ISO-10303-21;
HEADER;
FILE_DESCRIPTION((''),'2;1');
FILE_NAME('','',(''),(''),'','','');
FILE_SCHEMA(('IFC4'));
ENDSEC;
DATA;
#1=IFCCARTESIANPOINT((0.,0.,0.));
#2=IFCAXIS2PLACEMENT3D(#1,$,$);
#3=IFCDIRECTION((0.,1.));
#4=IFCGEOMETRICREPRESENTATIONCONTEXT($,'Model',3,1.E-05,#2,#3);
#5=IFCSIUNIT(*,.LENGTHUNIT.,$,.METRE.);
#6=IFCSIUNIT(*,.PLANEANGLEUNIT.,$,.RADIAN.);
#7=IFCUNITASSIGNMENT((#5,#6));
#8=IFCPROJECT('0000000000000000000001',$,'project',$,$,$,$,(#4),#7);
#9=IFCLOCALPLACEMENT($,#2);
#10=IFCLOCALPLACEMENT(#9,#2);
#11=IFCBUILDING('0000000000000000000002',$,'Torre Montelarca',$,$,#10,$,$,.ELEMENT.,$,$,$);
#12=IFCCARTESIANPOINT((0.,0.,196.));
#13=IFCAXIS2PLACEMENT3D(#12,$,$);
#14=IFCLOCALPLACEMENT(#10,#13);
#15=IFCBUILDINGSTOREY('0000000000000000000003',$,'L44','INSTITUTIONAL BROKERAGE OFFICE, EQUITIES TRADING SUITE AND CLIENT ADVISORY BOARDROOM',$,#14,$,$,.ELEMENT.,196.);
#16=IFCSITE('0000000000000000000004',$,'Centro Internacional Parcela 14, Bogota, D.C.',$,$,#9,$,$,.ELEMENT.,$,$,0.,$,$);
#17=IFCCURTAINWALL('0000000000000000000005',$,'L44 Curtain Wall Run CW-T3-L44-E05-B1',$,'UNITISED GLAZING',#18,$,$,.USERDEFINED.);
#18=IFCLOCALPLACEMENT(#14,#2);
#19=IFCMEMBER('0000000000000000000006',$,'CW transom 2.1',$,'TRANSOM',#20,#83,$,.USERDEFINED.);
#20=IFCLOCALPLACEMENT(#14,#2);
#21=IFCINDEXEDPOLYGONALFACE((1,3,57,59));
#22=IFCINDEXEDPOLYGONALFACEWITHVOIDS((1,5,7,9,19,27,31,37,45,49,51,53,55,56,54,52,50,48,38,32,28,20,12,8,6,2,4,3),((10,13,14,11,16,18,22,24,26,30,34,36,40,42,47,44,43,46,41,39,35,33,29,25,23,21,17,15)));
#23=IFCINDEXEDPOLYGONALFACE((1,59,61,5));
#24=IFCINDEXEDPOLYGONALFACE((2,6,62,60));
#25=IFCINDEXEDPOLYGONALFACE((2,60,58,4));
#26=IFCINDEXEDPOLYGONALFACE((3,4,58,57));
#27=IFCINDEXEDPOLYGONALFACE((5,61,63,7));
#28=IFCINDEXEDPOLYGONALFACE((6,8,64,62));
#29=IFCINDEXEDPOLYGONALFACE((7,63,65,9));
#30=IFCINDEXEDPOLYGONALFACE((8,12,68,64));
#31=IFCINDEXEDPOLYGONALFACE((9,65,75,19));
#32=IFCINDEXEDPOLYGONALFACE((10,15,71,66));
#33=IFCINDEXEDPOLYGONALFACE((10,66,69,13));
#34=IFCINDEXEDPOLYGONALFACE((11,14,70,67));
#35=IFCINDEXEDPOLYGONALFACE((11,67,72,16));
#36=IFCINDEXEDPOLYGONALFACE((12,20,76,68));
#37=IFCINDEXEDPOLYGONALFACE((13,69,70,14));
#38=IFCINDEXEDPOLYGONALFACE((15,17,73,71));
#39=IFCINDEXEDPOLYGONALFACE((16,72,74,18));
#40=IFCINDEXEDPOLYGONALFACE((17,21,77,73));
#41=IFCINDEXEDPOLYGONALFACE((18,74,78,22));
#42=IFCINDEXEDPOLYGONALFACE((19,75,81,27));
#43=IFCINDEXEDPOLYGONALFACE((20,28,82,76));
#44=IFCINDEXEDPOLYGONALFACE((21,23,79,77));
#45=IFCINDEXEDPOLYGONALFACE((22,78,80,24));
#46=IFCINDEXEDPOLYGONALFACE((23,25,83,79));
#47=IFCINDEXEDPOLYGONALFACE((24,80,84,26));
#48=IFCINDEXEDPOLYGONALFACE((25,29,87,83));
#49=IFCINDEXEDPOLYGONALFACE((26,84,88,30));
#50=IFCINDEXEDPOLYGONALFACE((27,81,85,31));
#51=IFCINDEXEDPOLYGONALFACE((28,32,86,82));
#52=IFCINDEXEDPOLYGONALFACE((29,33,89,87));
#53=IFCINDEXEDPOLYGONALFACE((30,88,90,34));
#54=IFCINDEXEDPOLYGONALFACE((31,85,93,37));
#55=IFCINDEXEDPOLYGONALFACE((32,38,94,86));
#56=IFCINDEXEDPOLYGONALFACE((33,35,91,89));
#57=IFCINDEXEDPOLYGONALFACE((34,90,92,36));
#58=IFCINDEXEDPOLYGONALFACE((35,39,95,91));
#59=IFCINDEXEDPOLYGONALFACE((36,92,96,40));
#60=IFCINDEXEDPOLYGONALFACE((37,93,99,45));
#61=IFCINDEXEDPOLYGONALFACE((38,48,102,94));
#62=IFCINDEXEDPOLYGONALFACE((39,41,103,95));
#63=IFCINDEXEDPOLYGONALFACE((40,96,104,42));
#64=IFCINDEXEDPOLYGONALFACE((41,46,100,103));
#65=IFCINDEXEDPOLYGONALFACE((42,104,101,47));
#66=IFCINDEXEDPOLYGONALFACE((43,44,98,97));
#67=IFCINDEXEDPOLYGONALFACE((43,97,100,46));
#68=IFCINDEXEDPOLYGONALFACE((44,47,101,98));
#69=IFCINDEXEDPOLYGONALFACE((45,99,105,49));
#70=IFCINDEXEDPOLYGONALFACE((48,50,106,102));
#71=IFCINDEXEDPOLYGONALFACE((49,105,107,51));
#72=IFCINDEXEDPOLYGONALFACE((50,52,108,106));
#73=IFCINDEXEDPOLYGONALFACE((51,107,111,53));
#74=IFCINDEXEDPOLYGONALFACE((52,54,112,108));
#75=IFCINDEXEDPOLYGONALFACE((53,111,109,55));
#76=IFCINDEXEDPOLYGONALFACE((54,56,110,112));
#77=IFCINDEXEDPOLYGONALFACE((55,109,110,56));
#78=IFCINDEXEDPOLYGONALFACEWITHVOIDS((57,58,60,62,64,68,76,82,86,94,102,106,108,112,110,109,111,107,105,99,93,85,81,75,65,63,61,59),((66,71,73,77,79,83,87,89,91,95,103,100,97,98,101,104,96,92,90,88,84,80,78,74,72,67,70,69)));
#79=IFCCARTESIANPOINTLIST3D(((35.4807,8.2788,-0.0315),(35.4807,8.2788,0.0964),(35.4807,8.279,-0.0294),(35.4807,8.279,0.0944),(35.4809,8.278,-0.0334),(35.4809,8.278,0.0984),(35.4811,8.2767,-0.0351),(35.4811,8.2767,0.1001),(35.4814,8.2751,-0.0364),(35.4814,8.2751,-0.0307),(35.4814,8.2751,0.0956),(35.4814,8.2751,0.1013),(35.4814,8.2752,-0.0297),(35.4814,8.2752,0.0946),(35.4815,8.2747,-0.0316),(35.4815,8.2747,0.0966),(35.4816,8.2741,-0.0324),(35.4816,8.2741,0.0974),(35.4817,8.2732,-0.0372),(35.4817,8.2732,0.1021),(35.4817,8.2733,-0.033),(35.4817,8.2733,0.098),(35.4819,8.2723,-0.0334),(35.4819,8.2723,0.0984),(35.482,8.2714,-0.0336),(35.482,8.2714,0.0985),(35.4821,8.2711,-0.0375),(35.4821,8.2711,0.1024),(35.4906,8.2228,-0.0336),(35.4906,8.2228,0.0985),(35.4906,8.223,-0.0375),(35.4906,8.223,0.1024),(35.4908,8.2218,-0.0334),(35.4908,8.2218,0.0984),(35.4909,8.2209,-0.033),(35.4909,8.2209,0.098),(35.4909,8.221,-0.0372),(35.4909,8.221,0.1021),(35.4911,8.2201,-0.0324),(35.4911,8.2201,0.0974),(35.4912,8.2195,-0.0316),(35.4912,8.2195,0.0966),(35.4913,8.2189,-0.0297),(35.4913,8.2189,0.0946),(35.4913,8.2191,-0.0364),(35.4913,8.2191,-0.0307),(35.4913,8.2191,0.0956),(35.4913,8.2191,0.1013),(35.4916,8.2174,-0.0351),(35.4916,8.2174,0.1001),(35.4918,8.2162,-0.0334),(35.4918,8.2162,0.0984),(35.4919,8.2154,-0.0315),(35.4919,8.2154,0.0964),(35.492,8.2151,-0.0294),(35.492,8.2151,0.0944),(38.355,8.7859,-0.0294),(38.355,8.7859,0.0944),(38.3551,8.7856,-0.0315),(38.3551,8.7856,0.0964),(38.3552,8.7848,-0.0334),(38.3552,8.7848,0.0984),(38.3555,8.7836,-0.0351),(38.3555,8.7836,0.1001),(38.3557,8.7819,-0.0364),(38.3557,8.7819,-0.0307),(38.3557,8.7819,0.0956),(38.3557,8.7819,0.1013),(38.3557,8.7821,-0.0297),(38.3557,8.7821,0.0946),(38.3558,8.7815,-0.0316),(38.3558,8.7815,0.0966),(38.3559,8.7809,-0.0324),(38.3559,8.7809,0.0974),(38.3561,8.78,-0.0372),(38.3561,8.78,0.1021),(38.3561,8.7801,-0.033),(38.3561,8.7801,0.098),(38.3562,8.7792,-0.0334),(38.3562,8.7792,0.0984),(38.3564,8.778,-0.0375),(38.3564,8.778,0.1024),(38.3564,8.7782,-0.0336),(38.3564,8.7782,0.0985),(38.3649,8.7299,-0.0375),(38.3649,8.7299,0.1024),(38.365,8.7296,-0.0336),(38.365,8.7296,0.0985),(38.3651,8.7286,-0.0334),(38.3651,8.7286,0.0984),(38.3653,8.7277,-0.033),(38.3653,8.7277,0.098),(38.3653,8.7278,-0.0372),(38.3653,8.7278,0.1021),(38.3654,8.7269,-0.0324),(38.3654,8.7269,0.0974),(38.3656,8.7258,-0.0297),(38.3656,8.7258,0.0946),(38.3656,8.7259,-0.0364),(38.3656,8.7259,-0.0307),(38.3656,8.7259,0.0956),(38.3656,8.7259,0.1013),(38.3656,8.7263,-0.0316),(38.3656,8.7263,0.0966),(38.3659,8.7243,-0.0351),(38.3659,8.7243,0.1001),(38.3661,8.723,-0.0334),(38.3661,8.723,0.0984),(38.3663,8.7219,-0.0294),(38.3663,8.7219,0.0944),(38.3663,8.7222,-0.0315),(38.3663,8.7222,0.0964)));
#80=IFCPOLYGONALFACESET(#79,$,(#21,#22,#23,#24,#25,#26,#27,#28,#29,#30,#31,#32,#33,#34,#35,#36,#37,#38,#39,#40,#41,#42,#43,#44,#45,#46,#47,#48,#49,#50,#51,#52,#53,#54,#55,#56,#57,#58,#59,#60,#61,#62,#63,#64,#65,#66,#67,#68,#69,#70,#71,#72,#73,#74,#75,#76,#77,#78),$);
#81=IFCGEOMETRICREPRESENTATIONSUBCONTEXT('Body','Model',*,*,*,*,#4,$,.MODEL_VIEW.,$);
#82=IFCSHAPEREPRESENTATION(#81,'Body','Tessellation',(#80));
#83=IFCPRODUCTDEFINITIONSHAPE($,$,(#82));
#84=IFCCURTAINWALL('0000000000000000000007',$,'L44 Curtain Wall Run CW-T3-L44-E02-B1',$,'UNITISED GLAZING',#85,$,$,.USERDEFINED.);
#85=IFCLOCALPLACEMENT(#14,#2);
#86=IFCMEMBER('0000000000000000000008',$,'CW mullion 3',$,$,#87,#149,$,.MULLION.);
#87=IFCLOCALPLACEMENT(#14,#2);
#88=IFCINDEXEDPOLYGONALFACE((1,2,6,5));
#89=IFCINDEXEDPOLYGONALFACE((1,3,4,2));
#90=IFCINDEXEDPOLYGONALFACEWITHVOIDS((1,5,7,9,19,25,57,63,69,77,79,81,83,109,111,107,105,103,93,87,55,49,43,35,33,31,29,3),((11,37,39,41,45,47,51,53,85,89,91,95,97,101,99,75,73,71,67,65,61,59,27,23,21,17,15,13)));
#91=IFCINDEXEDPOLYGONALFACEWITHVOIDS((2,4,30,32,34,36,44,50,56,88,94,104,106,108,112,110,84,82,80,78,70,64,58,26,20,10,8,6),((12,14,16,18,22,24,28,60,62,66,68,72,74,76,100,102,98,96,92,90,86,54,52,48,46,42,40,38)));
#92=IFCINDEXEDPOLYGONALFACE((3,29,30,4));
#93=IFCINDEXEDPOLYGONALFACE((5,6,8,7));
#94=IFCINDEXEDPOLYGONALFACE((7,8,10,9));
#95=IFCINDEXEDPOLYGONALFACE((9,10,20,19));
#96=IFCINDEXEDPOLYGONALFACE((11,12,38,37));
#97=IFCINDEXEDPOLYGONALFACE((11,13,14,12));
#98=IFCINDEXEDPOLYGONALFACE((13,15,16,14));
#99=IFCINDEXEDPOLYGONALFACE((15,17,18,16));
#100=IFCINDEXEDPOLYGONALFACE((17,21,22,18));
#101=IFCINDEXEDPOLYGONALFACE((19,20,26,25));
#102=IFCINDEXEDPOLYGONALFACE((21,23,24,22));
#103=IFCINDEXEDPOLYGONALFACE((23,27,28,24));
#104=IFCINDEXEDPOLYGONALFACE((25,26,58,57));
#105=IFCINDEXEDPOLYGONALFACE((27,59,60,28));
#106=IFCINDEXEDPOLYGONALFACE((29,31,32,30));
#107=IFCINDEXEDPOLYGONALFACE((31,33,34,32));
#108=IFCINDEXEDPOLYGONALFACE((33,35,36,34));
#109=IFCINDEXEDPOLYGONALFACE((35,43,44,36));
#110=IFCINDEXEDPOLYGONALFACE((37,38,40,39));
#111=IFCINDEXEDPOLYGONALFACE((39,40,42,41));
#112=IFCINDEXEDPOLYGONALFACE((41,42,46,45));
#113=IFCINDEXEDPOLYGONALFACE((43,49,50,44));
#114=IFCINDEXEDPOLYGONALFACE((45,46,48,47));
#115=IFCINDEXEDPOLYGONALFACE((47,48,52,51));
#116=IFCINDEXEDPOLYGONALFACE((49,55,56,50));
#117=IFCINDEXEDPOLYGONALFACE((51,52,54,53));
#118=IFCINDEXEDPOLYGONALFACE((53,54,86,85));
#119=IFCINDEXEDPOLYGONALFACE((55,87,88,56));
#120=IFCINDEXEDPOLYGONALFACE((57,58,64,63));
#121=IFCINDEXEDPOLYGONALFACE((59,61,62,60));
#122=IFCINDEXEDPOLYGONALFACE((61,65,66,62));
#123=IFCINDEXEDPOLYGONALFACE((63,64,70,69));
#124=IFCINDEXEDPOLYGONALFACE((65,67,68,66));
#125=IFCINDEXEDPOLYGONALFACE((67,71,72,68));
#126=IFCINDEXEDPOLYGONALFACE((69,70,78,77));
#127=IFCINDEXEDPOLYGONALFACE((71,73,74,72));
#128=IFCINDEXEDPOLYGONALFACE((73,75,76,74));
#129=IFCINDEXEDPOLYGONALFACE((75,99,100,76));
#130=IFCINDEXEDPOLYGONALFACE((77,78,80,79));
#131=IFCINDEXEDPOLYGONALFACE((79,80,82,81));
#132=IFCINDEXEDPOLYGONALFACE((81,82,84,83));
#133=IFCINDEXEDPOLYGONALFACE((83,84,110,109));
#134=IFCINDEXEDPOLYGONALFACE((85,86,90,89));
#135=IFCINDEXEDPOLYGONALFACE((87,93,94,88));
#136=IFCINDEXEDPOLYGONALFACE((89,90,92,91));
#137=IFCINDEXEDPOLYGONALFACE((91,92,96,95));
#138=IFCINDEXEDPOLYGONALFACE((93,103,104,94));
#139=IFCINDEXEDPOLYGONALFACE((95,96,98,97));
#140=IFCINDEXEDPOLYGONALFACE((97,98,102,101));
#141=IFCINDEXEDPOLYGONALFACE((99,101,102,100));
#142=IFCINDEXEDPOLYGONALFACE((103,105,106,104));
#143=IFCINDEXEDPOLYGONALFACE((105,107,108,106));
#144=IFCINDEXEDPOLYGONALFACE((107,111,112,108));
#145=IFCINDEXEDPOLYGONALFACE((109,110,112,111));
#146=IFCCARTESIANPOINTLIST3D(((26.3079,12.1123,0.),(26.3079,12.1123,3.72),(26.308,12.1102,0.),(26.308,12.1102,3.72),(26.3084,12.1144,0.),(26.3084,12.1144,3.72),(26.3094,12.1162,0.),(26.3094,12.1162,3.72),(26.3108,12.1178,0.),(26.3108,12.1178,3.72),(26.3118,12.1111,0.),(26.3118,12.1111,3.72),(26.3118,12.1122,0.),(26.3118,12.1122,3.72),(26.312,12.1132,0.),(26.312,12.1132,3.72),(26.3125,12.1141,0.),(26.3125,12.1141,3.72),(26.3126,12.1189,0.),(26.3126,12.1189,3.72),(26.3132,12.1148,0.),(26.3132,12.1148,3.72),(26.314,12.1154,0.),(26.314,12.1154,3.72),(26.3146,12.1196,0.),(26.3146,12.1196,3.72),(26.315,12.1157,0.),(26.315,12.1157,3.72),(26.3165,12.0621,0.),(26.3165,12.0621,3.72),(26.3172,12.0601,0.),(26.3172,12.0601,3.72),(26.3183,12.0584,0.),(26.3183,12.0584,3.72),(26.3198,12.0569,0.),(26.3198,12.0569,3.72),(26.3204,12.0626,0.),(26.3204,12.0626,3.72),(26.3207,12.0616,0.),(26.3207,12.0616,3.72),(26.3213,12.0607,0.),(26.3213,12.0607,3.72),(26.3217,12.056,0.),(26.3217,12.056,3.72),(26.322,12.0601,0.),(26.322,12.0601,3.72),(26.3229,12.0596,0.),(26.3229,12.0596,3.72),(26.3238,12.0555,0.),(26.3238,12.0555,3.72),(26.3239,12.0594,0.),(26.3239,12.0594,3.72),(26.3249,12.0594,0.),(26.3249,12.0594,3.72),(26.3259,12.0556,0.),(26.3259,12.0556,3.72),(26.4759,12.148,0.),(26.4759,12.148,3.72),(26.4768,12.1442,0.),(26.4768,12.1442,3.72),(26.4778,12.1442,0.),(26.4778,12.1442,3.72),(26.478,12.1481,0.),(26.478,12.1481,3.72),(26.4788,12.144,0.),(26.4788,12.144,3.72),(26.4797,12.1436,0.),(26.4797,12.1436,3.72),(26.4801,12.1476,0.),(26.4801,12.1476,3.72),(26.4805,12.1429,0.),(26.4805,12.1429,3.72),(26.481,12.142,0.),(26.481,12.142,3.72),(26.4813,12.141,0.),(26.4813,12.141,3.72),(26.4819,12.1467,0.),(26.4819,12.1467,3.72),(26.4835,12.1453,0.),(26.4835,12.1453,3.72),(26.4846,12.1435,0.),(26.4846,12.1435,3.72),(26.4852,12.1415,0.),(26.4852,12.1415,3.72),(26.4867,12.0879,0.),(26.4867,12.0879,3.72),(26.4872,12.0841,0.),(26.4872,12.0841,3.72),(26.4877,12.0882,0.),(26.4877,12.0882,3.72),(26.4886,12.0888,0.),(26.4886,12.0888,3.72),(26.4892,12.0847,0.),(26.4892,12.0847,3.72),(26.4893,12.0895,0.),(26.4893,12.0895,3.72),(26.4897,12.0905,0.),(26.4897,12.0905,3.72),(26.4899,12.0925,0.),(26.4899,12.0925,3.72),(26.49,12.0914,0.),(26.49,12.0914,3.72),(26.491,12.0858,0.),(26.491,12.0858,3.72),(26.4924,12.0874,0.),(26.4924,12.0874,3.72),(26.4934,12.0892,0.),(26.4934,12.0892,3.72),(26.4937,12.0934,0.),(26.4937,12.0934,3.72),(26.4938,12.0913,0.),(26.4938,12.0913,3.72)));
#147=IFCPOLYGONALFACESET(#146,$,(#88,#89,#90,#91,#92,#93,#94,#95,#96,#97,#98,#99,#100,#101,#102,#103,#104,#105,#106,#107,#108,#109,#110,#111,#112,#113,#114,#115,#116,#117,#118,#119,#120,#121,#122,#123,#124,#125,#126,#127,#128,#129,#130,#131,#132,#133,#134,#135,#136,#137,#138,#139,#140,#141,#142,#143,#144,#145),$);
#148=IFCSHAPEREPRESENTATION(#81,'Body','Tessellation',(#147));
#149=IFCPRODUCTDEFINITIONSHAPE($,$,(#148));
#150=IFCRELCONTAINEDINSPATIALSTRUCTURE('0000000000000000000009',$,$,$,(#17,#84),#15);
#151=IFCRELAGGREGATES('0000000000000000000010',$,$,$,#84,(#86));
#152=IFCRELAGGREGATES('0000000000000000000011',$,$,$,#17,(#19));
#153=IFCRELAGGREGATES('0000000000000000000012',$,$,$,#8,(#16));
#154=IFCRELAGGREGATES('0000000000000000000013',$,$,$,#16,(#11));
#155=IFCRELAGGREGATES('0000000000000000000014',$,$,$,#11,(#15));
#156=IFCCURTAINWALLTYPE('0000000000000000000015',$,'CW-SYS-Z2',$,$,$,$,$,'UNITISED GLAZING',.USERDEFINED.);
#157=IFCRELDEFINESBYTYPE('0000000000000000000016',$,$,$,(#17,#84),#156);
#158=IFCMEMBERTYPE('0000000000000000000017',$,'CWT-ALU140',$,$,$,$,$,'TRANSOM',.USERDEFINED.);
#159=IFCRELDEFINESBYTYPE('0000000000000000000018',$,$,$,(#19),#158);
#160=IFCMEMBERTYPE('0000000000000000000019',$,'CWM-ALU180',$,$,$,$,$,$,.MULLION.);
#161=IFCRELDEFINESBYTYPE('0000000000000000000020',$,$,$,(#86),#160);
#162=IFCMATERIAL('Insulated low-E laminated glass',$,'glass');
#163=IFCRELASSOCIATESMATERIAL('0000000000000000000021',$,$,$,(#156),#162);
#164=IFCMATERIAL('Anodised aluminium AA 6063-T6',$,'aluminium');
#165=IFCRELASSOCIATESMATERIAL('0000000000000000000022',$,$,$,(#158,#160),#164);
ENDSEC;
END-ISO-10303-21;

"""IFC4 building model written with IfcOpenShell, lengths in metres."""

from ifc_helpers import new_model, si_unit, direction, frame, origin, origin_2d, place, context, subcontext, project, spatial, hollow_rectangle, extrude, source, transform, mapped, material, material_profile, profile_set, type_object, element, aggregate, save


model = new_model("IFC4")

# Units and contexts
model_context = context("Model", 3, precision=1e-05, world=origin(), true_north=direction((0.0, 1.0)))
body_context = subcontext(model_context, "Body", "Model", "MODEL_VIEW")
ifc_project = project(units=[si_unit("LENGTHUNIT", "METRE"), si_unit("PLANEANGLEUNIT", "RADIAN")], contexts=[model_context])

# Site, building, storey
site_placement = place(None, origin())
site = spatial("IfcSite", under=ifc_project, at=site_placement, Name="Centro Internacional Parcela 14, Bogota, D.C.", CompositionType="ELEMENT", RefElevation=0.0)
building_placement = place(site_placement, origin())
building = spatial("IfcBuilding", under=site, at=building_placement, Name="Torre Montelarca", CompositionType="ELEMENT")
storey_placement = place(building_placement, frame((0.0, 0.0, 196.0)))
storey = spatial("IfcBuildingStorey", under=building, at=storey_placement, Name="L44", Description="INSTITUTIONAL BROKERAGE OFFICE, EQUITIES TRADING SUITE AND CLIENT ADVISORY BOARDROOM", CompositionType="ELEMENT", Elevation=196.0)

# Curtain wall, member
ifc_material_1 = material(Name="Insulated low-E laminated glass", Category="glass")
curtain_wall_type = type_object("IfcCurtainWallType", Name="CW-SYS-Z2", ElementType="UNITISED GLAZING", PredefinedType="USERDEFINED", material=ifc_material_1)
curtain_wall_1_placement = place(storey_placement, origin())
curtain_wall_1 = element("IfcCurtainWall", 1, at=curtain_wall_1_placement, inside=storey, type_object=curtain_wall_type, Name="L44 Curtain Wall Run CW-T3-L44-E05-B1", ObjectType="UNITISED GLAZING", PredefinedType="USERDEFINED")
ifc_material_2 = material(Name="Anodised aluminium AA 6063-T6", Category="aluminium")
ifc_material_profile_1 = material_profile(ifc_material_2, hollow_rectangle(XDim=0.0649, YDim=0.1399, WallThickness=0.0039, InnerFilletRadius=0.0039, OuterFilletRadius=0.0081, at=origin_2d()), Name="ALU65X140X4", Category="aluminium")
ifc_profile_set_1 = profile_set([ifc_material_profile_1], Name="Anodised aluminium AA 6063-T6")
member_type_1 = type_object("IfcMemberType", Name="CWT-ALU140", ElementType="TRANSOM", PredefinedType="USERDEFINED", material=ifc_profile_set_1)
shared_shape_1 = source(origin(), body_context, "Body", "SweptSolid", [
    extrude(hollow_rectangle(XDim=0.0649, YDim=0.1399, WallThickness=0.0039, InnerFilletRadius=0.0039, OuterFilletRadius=0.0081, at=origin_2d()), origin(), (0.0, 0.0, 1.0), 2.9187),
])
member_1_placement = place(storey_placement, frame((35.4863, 8.2471, 0.0325), z_axis=(0.984806, 0.173656, 0.0), x_axis=(-0.173656, 0.984806, 0.0)))
member_1 = element("IfcMember", 2, at=member_1_placement, type_object=member_type_1, Name="CW transom 2.1", ObjectType="TRANSOM", PredefinedType="USERDEFINED", context=body_context, shape_type="MappedRepresentation", body=[
    mapped(shared_shape_1, transform((0.0, 0.0, 0.0), scale=1.0)),
])

# Curtain wall, member
curtain_wall_2_placement = place(storey_placement, origin())
curtain_wall_2 = element("IfcCurtainWall", 3, at=curtain_wall_2_placement, inside=storey, type_object=curtain_wall_type, Name="L44 Curtain Wall Run CW-T3-L44-E02-B1", ObjectType="UNITISED GLAZING", PredefinedType="USERDEFINED")
ifc_material_profile_2 = material_profile(ifc_material_2, hollow_rectangle(XDim=0.0649, YDim=0.1799, WallThickness=0.0039, InnerFilletRadius=0.0039, OuterFilletRadius=0.0081, at=origin_2d()), Name="ALU65X180X4", Category="aluminium")
ifc_profile_set_2 = profile_set([ifc_material_profile_2], Name="Anodised aluminium AA 6063-T6")
member_type_2 = type_object("IfcMemberType", Name="CWM-ALU180", PredefinedType="MULLION", material=ifc_profile_set_2)
shared_shape_2 = source(origin(), body_context, "Body", "SweptSolid", [
    extrude(hollow_rectangle(XDim=0.0649, YDim=0.1799, WallThickness=0.0039, InnerFilletRadius=0.0039, OuterFilletRadius=0.0081, at=origin_2d()), origin(), (0.0, 0.0, 1.0), 3.72),
])
member_2_placement = place(storey_placement, frame((26.4009, 12.1018, 0.0), z_axis=(0.0, 0.0, 1.0), x_axis=(-0.173636, 0.98481, 0.0)))
member_2 = element("IfcMember", 4, at=member_2_placement, type_object=member_type_2, Name="CW mullion 3", PredefinedType="MULLION", context=body_context, shape_type="MappedRepresentation", body=[
    mapped(shared_shape_2, transform((0.0, 0.0, 0.0), scale=1.0)),
])

aggregate(curtain_wall_2, [member_2])
aggregate(curtain_wall_1, [member_1])

save(model, "model.ifc")
